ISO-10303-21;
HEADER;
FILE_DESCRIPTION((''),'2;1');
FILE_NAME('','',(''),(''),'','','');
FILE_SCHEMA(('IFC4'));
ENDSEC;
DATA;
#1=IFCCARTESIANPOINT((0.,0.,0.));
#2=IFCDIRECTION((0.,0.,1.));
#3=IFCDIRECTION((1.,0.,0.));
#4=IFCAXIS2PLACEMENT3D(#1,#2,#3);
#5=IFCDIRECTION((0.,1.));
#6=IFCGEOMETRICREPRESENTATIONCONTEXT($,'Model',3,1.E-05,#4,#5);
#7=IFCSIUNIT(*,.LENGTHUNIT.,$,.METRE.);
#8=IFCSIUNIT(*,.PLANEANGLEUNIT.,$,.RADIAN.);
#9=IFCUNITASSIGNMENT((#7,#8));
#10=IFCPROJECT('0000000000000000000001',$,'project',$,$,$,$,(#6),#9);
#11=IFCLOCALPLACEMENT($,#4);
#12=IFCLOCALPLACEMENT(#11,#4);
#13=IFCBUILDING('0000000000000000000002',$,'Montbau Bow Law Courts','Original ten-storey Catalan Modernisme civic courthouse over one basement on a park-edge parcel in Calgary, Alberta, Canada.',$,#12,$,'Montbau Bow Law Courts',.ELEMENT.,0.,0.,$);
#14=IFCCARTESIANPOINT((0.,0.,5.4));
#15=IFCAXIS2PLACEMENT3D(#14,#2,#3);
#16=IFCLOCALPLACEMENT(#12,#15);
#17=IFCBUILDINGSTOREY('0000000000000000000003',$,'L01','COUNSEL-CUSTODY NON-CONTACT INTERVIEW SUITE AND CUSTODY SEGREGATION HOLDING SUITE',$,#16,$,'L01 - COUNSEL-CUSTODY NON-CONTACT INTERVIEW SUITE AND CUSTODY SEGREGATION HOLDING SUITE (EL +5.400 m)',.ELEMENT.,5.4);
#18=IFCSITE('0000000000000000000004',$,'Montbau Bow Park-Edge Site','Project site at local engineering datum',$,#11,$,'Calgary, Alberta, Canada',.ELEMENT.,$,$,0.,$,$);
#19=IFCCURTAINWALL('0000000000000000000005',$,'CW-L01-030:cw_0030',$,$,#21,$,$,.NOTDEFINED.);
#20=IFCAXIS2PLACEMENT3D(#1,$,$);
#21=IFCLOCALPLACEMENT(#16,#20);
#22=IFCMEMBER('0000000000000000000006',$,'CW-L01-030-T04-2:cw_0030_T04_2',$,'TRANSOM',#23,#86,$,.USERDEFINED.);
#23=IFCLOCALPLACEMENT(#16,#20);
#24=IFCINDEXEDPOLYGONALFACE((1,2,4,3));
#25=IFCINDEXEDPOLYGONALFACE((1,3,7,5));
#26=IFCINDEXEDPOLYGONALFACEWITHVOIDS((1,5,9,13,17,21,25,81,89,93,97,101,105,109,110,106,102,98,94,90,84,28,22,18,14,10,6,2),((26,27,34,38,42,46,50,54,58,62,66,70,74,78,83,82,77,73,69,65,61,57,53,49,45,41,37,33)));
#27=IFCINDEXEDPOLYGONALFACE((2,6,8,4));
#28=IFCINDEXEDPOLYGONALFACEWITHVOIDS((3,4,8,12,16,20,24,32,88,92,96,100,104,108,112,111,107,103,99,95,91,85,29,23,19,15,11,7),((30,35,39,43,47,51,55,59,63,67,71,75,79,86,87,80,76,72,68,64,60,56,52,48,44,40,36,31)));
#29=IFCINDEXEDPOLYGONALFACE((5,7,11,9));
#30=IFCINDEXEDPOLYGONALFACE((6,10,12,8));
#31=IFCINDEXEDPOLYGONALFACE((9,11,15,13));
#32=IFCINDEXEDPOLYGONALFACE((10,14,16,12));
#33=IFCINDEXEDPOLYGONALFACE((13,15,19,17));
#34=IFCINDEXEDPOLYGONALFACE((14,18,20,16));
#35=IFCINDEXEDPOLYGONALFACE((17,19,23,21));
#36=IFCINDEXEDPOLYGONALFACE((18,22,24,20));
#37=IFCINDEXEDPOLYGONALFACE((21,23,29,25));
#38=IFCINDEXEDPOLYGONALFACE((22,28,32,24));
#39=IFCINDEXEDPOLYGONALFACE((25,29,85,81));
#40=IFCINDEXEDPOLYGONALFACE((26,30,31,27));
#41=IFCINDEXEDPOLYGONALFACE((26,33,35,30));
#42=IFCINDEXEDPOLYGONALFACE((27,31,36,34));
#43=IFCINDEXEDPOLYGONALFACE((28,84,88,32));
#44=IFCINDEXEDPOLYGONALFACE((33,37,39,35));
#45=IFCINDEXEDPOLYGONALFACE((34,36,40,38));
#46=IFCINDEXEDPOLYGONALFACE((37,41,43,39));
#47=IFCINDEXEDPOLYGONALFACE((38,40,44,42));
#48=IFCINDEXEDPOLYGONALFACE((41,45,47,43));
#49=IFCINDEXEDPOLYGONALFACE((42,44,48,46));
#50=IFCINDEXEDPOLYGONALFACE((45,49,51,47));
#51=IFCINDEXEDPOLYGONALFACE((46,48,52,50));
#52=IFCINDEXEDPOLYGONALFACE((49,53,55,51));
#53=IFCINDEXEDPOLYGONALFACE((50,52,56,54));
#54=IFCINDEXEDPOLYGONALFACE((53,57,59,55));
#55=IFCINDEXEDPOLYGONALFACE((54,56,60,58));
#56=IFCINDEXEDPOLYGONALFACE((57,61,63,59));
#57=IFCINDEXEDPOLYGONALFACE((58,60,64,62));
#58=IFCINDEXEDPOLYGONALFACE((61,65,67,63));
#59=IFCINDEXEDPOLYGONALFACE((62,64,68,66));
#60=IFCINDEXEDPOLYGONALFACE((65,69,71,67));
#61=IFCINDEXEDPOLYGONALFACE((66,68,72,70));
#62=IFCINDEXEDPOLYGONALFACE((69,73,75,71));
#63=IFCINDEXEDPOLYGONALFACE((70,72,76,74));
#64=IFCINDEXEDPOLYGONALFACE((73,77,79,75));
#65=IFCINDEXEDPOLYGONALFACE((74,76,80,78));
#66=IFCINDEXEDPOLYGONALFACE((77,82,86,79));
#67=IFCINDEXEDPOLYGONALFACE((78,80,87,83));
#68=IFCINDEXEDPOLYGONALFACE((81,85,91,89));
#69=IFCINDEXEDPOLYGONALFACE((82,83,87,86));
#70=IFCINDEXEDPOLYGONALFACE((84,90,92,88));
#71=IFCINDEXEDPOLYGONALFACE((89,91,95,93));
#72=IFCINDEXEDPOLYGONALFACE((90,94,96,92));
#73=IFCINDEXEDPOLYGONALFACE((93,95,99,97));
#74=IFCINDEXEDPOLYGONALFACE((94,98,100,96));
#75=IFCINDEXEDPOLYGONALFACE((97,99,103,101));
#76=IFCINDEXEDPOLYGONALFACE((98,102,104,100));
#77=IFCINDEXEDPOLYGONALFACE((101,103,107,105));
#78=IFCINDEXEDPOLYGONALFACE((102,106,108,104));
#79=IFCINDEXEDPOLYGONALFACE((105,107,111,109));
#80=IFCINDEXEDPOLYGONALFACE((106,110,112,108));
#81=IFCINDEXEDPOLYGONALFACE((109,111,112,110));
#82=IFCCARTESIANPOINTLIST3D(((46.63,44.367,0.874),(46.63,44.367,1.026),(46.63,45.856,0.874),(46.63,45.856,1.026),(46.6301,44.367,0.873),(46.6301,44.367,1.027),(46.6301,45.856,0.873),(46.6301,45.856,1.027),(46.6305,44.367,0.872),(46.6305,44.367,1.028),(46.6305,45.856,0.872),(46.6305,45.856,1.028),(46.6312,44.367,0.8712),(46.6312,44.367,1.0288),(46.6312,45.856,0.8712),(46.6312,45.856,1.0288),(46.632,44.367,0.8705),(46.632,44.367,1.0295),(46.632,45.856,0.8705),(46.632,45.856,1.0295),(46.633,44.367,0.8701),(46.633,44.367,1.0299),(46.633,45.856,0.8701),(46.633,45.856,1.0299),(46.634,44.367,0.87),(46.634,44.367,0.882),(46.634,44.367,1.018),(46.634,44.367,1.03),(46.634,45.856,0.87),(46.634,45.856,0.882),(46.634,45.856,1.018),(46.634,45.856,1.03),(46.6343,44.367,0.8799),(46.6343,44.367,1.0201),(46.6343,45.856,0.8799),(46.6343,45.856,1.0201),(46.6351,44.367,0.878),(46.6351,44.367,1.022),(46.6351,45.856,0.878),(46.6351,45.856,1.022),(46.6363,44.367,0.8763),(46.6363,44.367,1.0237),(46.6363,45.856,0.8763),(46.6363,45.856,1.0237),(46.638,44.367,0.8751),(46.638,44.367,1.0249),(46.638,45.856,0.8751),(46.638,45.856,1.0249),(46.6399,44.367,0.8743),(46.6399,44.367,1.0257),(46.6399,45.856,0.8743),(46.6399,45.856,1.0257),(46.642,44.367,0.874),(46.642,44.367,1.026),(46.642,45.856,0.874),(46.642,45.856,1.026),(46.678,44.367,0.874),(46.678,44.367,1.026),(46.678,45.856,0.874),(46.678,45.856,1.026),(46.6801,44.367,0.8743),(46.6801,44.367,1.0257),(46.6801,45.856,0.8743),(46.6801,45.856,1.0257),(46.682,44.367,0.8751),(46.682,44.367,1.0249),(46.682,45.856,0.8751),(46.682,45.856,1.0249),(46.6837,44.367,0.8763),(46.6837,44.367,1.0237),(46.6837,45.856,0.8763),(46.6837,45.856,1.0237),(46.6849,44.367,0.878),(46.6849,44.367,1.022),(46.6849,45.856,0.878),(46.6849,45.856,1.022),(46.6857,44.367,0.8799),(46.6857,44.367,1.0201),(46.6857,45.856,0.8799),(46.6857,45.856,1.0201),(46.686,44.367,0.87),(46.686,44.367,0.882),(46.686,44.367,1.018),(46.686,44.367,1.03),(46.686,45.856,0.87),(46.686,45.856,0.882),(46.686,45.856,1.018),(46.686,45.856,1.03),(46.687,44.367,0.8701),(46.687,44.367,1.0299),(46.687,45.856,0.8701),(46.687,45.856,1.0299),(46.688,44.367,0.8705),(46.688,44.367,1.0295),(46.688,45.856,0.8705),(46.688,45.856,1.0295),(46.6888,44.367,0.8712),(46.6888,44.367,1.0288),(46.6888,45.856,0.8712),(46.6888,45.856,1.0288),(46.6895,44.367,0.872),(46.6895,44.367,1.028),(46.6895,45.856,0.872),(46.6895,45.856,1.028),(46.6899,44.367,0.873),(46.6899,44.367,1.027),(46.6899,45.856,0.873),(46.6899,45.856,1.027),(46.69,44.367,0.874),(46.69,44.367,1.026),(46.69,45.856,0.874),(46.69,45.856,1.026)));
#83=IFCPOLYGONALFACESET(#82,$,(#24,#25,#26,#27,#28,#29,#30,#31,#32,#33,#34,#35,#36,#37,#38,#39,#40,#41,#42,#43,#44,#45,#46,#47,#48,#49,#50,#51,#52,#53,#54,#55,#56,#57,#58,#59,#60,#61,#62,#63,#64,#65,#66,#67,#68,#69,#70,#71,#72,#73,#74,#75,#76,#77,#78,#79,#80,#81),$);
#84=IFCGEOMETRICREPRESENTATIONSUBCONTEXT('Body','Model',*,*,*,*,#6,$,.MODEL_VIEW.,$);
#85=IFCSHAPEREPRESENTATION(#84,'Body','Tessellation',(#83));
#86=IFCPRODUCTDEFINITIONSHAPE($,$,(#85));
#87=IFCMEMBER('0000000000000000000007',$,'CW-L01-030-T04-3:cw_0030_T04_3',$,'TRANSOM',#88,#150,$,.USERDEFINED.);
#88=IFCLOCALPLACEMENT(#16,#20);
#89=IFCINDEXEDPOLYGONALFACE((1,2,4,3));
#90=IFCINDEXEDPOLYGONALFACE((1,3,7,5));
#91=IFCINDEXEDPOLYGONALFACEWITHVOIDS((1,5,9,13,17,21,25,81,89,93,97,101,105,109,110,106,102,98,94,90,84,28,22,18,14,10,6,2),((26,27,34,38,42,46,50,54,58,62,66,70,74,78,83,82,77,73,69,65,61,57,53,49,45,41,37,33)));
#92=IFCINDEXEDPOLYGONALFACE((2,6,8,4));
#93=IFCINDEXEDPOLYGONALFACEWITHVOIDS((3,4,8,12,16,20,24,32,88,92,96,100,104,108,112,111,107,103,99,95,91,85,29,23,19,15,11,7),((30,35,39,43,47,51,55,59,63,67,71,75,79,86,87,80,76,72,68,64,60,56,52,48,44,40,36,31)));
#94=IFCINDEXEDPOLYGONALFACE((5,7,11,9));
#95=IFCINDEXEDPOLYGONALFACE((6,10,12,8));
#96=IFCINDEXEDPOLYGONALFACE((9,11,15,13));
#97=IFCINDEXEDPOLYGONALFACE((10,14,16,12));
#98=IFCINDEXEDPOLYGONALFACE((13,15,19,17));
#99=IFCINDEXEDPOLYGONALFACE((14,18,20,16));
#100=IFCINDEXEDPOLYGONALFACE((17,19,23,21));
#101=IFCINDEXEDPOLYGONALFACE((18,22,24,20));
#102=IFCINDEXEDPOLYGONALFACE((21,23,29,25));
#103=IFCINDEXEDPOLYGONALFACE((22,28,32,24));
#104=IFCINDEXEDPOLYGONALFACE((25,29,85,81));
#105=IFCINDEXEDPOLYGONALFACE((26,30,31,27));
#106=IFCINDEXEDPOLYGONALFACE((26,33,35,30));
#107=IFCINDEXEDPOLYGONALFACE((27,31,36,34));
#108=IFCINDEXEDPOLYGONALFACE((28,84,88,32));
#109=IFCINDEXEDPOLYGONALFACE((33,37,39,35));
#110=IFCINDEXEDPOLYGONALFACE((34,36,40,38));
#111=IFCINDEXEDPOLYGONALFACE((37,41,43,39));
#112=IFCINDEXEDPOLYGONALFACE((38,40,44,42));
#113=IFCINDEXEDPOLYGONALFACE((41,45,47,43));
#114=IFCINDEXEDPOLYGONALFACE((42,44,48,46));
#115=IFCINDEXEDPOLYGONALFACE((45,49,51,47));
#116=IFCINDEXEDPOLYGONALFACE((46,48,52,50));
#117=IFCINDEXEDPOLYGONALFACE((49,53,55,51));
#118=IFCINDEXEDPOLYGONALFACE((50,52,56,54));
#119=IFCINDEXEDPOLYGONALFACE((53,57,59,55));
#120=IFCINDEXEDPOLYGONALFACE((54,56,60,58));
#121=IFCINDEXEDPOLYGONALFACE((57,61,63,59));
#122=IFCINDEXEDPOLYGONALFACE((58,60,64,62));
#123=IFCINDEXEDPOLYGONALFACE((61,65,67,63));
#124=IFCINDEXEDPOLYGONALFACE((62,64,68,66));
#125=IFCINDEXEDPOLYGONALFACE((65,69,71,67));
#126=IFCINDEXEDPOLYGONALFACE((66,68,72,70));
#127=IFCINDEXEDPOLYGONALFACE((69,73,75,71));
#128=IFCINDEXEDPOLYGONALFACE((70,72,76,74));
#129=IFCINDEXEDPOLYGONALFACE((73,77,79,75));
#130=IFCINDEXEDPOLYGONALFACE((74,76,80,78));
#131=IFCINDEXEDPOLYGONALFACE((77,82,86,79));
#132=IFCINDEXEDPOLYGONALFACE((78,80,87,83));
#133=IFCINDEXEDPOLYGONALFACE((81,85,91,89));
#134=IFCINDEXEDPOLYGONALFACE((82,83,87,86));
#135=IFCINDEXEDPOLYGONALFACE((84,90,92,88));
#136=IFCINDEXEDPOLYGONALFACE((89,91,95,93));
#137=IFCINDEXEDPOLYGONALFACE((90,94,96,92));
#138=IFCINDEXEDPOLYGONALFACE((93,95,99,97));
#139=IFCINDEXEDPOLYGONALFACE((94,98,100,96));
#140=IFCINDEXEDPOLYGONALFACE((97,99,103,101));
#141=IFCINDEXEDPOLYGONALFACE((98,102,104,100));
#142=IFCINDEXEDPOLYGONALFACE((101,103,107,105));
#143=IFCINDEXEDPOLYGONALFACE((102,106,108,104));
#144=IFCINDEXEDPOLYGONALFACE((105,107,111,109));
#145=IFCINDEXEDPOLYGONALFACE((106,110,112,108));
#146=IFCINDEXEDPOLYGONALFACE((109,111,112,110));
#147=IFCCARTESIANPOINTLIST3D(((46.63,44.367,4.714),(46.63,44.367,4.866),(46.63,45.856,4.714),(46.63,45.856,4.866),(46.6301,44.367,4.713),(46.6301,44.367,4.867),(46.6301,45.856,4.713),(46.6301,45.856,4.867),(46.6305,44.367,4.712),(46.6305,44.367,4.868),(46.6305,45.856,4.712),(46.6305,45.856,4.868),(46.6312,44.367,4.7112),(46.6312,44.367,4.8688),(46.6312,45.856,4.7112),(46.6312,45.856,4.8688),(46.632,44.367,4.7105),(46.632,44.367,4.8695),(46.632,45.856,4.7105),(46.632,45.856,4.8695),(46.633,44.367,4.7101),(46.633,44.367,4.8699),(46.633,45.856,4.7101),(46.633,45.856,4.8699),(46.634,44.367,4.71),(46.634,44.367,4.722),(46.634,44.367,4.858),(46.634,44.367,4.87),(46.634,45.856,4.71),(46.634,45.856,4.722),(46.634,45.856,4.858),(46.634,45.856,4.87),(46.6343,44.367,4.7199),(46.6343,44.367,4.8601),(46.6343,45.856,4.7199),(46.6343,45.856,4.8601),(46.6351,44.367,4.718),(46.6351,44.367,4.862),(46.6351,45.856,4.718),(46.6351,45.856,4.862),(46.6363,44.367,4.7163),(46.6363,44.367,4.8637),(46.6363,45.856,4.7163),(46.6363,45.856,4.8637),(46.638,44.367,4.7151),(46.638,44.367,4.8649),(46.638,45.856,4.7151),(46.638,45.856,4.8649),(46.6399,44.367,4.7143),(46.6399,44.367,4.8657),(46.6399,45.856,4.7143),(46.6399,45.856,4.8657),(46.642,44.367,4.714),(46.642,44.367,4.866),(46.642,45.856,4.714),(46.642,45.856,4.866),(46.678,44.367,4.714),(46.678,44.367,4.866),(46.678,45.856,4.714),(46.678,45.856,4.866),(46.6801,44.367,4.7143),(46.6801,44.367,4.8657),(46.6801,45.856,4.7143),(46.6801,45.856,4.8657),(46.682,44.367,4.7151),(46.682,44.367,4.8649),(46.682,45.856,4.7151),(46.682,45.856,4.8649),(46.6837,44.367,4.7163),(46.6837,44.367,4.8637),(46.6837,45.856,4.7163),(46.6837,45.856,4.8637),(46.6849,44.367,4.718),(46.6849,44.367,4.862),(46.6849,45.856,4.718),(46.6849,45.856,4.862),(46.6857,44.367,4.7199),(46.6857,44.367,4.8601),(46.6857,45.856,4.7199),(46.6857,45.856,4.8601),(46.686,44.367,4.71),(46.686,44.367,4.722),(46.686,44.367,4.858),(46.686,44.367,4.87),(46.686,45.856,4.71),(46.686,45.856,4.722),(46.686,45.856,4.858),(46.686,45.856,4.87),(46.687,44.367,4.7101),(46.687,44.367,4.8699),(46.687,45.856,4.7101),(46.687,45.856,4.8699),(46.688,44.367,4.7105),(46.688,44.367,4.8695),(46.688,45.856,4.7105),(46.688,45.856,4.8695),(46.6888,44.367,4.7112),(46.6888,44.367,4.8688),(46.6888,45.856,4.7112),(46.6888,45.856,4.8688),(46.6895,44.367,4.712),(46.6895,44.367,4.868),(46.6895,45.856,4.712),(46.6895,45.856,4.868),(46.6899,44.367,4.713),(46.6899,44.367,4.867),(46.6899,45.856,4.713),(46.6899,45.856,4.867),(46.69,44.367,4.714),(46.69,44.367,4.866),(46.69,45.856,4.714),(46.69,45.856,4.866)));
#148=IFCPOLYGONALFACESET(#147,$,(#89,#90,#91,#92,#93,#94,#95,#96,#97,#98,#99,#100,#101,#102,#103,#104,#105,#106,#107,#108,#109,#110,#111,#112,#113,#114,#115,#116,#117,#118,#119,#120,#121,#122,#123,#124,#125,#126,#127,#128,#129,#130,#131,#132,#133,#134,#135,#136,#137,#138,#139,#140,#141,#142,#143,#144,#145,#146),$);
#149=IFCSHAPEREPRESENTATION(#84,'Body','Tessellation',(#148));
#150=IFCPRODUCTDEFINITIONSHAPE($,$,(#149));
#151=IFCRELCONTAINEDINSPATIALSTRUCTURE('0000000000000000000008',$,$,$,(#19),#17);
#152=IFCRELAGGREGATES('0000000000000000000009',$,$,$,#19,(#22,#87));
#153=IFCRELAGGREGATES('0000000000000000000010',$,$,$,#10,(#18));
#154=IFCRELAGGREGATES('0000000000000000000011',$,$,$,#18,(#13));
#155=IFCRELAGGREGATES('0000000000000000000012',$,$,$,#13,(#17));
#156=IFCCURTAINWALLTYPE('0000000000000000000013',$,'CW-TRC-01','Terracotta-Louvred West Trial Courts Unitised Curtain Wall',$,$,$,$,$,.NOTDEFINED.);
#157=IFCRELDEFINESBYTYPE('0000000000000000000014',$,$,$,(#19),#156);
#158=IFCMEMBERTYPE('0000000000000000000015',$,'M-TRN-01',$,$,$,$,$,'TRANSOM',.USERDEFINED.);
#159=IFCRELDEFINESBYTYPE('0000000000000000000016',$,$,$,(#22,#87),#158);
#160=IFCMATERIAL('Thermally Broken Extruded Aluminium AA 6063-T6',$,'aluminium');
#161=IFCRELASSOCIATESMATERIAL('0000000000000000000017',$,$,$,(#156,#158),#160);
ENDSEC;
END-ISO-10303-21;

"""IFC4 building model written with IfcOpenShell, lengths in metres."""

from ifc_helpers import new_model, si_unit, direction, frame, origin_with_axes, origin_2d_with_axis, place, context, subcontext, project, spatial, hollow_rectangle, extrude, material, material_profile, profile_set, type_object, element, aggregate, save


model = new_model("IFC4")

# Units and contexts
model_context = context("Model", 3, precision=1e-05, world=origin_with_axes(), true_north=direction((0.0, 1.0)))
body_context = subcontext(model_context, "Body", "Model", "MODEL_VIEW")
ifc_project = project(units=[si_unit("LENGTHUNIT", "METRE"), si_unit("PLANEANGLEUNIT", "RADIAN")], contexts=[model_context])

# Site, building, storey
site_placement = place(None, origin_with_axes())
site = spatial("IfcSite", under=ifc_project, at=site_placement, Name="Montbau Bow Park-Edge Site", Description="Project site at local engineering datum", LongName="Calgary, Alberta, Canada", CompositionType="ELEMENT", RefElevation=0.0)
building_placement = place(site_placement, origin_with_axes())
building = spatial("IfcBuilding", under=site, at=building_placement, Name="Montbau Bow Law Courts", Description="Original ten-storey Catalan Modernisme civic courthouse over one basement on a park-edge parcel in Calgary, Alberta, Canada.", LongName="Montbau Bow Law Courts", CompositionType="ELEMENT", ElevationOfRefHeight=0.0, ElevationOfTerrain=0.0)
storey_placement = place(building_placement, frame((0.0, 0.0, 5.4), z_axis=(0.0, 0.0, 1.0), x_axis=(1.0, 0.0, 0.0)))
storey = spatial("IfcBuildingStorey", under=building, at=storey_placement, Name="L01", Description="COUNSEL-CUSTODY NON-CONTACT INTERVIEW SUITE AND CUSTODY SEGREGATION HOLDING SUITE", LongName="L01 - COUNSEL-CUSTODY NON-CONTACT INTERVIEW SUITE AND CUSTODY SEGREGATION HOLDING SUITE (EL +5.400 m)", CompositionType="ELEMENT", Elevation=5.4)

# Curtain wall, members
ifc_material_1 = material(Name="Thermally Broken Extruded Aluminium AA 6063-T6", Category="aluminium")
curtain_wall_type_1 = type_object("IfcCurtainWallType", Name="CW-TRC-01", Description="Terracotta-Louvred West Trial Courts Unitised Curtain Wall", PredefinedType="NOTDEFINED", material=ifc_material_1)
curtain_wall_1_placement = place(None, frame((46.66, 39.515, 5.4), z_axis=(0.0, 0.0, 1.0), x_axis=(1.0, 0.0, 0.0)))
curtain_wall_1 = element("IfcCurtainWall", 1, at=curtain_wall_1_placement, inside=storey, type_object=curtain_wall_type_1, Name="CW-L01-030:cw_0030", PredefinedType="NOTDEFINED")
ifc_material_profile_1 = material_profile(ifc_material_1, hollow_rectangle(XDim=0.06, YDim=0.16, WallThickness=0.004, InnerFilletRadius=0.008, OuterFilletRadius=0.004, at=origin_2d_with_axis()), Name="CWT-160X60", Category="Main", Priority=0)
ifc_profile_set_1 = profile_set([ifc_material_profile_1], Name="Thermally Broken Extruded Aluminium AA 6063-T6")
member_type_1 = type_object("IfcMemberType", Name="M-TRN-01", ElementType="TRANSOM", PredefinedType="USERDEFINED", material=ifc_profile_set_1)
member_1_placement = place(None, frame((46.66, 44.367, 6.35), z_axis=(0.0, 1.0, 0.0), x_axis=(-1.0, 0.0, 0.0)))
member_1 = element("IfcMember", 2, at=member_1_placement, type_object=member_type_1, Name="CW-L01-030-T04-2:cw_0030_T04_2", ObjectType="TRANSOM", PredefinedType="USERDEFINED", context=body_context, shape_type="SweptSolid", body=[
    extrude(hollow_rectangle(XDim=0.06, YDim=0.16, WallThickness=0.004, InnerFilletRadius=0.008, OuterFilletRadius=0.004, at=origin_2d_with_axis()), origin_with_axes(), (0.0, 0.0, 1.0), 1.489),
])
member_2_placement = place(None, frame((46.66, 44.367, 10.19), z_axis=(0.0, 1.0, 0.0), x_axis=(-1.0, 0.0, 0.0)))
member_2 = element("IfcMember", 3, at=member_2_placement, type_object=member_type_1, Name="CW-L01-030-T04-3:cw_0030_T04_3", ObjectType="TRANSOM", PredefinedType="USERDEFINED", context=body_context, shape_type="SweptSolid", body=[
    extrude(hollow_rectangle(XDim=0.06, YDim=0.16, WallThickness=0.004, InnerFilletRadius=0.008, OuterFilletRadius=0.004, at=origin_2d_with_axis()), origin_with_axes(), (0.0, 0.0, 1.0), 1.489),
])

aggregate(curtain_wall_1, [member_1, member_2])

save(model, "model.ifc")
